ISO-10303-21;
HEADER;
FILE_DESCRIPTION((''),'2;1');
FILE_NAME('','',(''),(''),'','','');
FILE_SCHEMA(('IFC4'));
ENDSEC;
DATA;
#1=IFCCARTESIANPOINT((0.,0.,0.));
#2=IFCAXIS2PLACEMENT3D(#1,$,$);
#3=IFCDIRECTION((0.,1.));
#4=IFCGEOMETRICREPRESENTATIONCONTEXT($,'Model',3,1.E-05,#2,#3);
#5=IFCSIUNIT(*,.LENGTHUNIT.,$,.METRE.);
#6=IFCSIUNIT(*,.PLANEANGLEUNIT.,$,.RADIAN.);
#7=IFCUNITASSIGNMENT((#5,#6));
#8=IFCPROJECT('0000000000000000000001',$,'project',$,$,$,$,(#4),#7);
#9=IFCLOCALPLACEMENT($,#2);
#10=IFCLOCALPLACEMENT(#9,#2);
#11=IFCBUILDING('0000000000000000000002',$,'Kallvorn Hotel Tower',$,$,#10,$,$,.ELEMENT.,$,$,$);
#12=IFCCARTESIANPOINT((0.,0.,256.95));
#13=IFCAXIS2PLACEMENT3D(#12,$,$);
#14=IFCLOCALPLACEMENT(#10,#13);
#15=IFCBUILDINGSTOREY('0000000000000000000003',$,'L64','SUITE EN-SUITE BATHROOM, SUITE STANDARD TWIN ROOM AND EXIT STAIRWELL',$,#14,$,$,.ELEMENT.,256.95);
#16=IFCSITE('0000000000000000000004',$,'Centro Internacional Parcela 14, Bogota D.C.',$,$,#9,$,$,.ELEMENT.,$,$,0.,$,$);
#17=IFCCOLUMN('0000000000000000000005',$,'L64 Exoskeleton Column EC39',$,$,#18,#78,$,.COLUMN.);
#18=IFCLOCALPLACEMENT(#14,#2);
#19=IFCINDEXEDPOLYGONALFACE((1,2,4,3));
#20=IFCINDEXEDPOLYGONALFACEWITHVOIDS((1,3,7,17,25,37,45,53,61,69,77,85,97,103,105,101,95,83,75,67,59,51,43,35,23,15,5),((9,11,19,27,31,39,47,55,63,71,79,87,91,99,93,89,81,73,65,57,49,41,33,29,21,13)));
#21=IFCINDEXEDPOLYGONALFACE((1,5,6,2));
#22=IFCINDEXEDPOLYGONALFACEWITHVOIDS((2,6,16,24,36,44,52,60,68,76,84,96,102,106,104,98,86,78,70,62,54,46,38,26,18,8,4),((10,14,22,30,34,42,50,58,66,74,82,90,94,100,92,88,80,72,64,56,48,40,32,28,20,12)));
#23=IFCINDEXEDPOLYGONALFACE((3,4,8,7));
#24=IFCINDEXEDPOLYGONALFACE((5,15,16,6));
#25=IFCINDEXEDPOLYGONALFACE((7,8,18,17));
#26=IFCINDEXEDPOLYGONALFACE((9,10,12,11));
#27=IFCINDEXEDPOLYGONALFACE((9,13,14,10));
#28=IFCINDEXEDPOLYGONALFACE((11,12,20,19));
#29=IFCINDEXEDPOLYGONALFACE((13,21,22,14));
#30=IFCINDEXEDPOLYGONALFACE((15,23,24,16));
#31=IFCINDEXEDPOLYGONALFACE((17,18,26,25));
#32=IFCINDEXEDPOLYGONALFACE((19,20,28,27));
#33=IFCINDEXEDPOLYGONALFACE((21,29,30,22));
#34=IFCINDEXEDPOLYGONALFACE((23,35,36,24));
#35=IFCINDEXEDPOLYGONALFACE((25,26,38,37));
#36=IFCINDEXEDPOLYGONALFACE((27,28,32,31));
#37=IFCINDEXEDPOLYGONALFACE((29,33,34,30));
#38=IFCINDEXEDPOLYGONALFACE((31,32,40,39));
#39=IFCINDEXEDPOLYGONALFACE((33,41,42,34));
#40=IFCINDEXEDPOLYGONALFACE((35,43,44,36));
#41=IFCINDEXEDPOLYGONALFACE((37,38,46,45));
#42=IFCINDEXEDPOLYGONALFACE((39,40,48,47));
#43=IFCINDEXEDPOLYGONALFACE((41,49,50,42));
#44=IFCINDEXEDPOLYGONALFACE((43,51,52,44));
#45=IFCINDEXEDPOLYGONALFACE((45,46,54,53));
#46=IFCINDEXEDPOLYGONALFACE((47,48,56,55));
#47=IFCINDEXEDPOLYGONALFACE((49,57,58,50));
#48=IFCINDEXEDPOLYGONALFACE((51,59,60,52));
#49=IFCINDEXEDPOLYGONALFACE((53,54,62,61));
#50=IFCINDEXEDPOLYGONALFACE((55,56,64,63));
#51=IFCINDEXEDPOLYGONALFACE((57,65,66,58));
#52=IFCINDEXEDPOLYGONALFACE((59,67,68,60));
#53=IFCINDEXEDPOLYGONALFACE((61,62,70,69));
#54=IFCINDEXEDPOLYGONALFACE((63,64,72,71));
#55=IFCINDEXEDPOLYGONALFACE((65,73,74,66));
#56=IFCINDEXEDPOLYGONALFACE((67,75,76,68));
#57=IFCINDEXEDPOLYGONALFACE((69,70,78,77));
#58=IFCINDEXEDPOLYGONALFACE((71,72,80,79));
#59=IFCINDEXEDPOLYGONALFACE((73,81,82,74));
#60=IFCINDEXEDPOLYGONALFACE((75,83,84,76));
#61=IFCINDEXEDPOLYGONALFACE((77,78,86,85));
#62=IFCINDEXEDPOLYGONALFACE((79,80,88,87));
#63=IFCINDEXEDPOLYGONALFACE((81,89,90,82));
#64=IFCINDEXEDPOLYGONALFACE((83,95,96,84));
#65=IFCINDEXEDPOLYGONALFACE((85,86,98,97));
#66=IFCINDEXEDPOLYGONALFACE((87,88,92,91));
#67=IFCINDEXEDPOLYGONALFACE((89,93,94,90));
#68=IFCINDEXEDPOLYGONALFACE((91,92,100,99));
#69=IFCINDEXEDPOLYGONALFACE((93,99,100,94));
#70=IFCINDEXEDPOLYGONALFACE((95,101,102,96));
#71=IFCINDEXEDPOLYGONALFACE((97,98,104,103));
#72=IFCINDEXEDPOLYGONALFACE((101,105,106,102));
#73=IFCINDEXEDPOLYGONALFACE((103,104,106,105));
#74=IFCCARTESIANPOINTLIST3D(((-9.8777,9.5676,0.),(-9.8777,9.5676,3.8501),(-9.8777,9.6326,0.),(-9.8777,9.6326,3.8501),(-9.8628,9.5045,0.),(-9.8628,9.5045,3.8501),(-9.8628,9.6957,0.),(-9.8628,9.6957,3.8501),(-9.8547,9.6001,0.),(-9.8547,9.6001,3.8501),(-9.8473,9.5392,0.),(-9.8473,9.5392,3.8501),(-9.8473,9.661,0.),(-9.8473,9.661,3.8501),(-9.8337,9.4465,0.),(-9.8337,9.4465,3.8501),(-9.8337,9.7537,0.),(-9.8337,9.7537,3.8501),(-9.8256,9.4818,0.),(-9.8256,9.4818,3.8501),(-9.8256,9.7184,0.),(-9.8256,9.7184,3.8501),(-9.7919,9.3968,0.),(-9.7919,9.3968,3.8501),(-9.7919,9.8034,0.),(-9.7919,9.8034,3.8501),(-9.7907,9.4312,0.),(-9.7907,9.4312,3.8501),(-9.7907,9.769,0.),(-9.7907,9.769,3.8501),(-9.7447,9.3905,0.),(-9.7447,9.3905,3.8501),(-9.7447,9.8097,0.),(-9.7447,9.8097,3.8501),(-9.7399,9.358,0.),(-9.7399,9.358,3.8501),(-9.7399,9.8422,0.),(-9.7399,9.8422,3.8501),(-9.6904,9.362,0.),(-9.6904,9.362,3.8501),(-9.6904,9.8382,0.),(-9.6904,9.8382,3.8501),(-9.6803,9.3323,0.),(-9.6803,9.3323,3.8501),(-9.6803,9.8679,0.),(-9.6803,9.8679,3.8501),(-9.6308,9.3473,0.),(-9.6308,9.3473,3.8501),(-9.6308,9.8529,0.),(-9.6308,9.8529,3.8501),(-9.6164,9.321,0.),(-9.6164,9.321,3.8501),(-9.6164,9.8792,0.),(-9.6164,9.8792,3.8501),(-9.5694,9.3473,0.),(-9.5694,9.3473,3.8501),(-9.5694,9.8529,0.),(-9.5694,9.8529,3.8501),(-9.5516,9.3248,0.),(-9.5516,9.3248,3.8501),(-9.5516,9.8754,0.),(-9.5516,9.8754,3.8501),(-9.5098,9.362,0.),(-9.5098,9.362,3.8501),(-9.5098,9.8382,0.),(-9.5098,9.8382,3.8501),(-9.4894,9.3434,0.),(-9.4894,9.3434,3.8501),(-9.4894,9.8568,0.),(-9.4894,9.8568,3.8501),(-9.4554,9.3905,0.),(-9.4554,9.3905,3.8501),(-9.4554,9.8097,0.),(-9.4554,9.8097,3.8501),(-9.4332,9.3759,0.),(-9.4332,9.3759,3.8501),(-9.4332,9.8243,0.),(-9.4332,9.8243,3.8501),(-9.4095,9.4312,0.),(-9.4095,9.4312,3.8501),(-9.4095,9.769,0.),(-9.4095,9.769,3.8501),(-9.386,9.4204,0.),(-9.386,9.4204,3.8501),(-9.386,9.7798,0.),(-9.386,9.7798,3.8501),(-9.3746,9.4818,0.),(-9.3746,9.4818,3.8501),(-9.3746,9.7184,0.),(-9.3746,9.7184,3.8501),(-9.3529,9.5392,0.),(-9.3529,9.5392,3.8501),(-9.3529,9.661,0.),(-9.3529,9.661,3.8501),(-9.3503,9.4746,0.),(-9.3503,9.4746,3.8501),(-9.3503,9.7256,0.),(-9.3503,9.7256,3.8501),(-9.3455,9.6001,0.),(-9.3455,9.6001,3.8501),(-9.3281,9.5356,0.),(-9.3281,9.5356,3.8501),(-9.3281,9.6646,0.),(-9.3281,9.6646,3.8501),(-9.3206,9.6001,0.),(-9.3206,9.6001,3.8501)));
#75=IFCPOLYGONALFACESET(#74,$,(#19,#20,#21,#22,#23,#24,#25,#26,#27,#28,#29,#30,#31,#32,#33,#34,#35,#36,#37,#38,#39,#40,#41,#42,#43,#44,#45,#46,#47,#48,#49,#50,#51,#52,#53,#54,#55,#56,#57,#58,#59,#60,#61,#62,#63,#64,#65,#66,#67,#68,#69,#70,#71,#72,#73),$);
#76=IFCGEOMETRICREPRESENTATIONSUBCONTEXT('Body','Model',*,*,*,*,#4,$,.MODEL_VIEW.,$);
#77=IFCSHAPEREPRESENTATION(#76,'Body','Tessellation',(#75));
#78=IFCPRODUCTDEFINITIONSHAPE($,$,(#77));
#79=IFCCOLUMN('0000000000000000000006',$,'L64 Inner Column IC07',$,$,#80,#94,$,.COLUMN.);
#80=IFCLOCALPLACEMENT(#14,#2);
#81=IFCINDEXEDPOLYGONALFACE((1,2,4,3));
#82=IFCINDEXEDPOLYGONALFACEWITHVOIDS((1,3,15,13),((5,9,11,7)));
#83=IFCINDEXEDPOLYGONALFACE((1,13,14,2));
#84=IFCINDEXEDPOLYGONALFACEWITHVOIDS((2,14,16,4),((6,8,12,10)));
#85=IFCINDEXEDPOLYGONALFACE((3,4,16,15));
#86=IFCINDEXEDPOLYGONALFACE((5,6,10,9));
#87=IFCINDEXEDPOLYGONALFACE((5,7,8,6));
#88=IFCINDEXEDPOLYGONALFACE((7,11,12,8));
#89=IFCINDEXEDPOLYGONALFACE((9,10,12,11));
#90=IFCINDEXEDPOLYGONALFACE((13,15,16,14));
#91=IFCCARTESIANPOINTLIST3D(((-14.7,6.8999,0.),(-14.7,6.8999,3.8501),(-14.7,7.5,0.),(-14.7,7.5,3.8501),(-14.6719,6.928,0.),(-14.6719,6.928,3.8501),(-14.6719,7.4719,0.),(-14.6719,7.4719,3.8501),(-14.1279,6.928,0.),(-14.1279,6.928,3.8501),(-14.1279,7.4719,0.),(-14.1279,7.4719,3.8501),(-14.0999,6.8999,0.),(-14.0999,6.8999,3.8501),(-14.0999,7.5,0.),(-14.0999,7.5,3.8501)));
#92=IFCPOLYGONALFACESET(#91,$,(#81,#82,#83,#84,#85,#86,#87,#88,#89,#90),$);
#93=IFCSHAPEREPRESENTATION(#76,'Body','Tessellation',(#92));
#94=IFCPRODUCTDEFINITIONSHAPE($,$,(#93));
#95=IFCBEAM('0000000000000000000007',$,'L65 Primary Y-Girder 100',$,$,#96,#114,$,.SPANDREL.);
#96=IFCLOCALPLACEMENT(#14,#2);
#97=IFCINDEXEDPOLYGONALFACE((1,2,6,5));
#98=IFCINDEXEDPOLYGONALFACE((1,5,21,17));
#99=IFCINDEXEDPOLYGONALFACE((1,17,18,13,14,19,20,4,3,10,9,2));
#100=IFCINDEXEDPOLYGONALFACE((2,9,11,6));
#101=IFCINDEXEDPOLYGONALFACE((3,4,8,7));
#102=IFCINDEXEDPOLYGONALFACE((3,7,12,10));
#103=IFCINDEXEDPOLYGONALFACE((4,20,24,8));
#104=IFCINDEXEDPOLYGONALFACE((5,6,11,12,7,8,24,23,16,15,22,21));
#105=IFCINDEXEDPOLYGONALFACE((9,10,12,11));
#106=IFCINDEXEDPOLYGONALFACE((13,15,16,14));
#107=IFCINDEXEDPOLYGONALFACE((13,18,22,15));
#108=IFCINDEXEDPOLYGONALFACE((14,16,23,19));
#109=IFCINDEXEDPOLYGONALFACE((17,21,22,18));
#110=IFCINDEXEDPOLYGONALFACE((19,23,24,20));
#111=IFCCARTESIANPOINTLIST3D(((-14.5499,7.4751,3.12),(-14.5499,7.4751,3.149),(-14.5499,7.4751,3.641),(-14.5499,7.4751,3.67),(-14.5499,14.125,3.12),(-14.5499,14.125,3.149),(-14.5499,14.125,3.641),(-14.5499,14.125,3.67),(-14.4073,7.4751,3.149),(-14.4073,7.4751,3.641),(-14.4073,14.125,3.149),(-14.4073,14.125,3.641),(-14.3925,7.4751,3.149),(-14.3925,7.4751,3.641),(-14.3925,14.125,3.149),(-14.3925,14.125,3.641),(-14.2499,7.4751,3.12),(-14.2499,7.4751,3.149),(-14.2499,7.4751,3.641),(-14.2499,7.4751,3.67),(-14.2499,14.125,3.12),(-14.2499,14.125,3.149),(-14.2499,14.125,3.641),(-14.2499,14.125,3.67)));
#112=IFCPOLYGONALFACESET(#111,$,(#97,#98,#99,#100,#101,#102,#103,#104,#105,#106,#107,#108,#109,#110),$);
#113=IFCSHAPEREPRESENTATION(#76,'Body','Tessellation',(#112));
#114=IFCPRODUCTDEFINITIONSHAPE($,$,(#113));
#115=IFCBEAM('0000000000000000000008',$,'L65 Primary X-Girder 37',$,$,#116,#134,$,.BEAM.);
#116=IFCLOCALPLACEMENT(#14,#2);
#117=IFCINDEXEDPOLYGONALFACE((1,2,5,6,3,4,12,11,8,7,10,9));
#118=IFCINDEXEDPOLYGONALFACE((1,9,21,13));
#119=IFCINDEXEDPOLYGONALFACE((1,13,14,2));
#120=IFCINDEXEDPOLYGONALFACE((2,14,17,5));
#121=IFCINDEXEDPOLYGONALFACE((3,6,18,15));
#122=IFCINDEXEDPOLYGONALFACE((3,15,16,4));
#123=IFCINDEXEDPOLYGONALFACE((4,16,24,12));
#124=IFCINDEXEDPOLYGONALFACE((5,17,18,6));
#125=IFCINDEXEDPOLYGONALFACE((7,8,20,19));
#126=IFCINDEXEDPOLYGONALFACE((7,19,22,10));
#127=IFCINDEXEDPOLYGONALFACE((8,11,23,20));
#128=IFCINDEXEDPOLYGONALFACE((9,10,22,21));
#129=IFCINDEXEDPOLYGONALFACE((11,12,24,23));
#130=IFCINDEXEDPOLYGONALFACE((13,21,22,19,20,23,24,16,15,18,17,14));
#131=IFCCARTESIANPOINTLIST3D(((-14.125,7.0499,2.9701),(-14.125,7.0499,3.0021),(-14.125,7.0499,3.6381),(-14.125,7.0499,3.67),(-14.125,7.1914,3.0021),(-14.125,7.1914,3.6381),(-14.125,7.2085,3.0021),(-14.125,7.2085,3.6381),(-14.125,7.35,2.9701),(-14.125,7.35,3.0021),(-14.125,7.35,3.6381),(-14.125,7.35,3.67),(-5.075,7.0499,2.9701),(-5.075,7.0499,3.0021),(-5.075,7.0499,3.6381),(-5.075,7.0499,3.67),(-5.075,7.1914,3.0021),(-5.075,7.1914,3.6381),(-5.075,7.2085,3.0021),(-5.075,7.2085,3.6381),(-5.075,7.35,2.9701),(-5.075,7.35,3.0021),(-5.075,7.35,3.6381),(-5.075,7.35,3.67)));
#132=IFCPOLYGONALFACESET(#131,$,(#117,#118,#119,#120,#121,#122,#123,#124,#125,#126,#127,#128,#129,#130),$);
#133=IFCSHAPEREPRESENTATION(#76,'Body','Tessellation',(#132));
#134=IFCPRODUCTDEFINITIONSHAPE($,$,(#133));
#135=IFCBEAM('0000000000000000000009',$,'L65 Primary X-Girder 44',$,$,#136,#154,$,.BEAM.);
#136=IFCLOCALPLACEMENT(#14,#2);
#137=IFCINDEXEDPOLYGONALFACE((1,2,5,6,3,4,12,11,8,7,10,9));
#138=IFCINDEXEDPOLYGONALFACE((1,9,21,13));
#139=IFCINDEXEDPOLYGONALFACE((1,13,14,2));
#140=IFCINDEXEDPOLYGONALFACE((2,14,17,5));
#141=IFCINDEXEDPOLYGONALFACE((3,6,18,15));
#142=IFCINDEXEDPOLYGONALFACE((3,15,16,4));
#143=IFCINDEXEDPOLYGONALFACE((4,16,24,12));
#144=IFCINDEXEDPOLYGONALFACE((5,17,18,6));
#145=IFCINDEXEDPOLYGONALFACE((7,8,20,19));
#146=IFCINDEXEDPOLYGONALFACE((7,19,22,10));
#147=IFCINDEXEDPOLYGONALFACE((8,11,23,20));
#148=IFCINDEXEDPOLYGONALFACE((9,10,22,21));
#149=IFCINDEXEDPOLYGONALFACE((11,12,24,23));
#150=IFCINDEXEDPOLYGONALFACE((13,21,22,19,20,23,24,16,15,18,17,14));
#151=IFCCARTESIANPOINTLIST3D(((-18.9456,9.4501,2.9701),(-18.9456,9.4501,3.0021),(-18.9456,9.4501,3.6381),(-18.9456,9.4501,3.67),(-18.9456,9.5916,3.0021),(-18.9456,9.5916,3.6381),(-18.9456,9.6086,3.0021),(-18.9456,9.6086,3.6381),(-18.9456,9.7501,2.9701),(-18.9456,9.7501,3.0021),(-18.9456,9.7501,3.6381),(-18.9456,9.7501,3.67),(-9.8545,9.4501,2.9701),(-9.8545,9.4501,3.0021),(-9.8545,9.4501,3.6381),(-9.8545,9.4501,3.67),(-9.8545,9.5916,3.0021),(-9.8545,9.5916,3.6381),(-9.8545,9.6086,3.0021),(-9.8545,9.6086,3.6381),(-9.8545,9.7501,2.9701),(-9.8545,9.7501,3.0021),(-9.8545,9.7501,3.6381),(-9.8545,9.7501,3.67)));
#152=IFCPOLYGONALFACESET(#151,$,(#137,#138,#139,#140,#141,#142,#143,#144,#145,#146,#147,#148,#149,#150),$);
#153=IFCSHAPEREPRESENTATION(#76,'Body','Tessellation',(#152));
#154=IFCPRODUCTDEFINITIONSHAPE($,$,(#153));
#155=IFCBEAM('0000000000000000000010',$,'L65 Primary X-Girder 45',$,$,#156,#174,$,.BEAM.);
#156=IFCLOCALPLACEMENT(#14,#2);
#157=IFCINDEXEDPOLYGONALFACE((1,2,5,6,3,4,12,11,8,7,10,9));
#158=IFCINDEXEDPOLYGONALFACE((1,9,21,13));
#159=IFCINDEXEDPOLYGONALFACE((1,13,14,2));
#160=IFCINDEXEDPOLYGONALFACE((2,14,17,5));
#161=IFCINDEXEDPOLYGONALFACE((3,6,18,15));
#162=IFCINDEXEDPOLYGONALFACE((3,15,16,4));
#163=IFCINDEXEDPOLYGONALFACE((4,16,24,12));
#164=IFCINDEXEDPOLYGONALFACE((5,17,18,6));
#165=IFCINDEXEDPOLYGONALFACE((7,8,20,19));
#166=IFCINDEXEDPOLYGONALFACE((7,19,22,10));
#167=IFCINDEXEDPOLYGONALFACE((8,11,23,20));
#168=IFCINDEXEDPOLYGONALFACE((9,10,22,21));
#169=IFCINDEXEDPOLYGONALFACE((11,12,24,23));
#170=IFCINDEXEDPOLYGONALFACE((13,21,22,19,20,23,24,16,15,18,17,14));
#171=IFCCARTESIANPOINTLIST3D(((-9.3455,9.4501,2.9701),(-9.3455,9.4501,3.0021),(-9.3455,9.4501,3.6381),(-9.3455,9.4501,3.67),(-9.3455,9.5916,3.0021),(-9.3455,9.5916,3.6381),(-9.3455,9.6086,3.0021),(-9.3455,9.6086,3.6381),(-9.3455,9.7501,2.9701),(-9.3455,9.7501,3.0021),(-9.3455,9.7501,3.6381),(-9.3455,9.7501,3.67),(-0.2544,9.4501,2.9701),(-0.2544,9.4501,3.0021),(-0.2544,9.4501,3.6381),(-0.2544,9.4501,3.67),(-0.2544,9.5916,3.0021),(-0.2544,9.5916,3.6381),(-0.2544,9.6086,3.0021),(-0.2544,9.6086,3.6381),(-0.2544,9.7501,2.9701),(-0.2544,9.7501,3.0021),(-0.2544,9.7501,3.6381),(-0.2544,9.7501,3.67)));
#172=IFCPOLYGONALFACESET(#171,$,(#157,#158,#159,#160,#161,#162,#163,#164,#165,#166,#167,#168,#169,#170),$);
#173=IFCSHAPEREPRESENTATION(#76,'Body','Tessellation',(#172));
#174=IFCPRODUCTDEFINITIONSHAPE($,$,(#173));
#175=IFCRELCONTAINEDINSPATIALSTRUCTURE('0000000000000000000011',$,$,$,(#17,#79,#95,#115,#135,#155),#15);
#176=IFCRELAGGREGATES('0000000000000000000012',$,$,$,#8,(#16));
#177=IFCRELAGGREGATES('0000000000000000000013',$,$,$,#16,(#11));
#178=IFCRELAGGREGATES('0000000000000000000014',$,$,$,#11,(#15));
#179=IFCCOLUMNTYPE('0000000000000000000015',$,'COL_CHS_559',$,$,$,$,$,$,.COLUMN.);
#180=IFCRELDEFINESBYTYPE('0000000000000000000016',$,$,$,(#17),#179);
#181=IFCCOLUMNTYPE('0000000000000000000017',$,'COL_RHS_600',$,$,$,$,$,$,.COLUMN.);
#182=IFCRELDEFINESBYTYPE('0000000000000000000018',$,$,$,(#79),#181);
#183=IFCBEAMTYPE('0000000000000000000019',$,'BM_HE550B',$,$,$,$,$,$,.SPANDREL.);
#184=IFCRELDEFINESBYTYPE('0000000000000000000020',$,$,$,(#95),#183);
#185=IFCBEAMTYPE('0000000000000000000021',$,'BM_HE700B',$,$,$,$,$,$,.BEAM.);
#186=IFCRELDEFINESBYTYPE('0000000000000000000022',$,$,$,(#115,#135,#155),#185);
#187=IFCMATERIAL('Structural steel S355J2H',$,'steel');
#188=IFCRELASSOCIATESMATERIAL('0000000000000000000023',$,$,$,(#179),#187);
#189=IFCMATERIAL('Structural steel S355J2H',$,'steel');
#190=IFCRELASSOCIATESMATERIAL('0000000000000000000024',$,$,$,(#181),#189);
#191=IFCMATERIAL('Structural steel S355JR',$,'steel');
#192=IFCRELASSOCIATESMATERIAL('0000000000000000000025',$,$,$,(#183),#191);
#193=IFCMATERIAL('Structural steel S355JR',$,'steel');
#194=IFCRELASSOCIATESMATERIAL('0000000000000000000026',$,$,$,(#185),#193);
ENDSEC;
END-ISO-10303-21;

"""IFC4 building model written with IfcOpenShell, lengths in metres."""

from ifc_helpers import new_model, si_unit, direction, frame, origin, origin_2d, place, context, subcontext, project, spatial, hollow_rectangle, hollow_circle, i_section, extrude, material, material_profile, profile_set, type_object, element, save


model = new_model("IFC4")

# Units and contexts
model_context = context("Model", 3, precision=1e-05, world=origin(), true_north=direction((0.0, 1.0)))
body_context = subcontext(model_context, "Body", "Model", "MODEL_VIEW")
ifc_project = project(units=[si_unit("LENGTHUNIT", "METRE"), si_unit("PLANEANGLEUNIT", "RADIAN")], contexts=[model_context])

# Site, building, storey
site_placement = place(None, origin())
site = spatial("IfcSite", under=ifc_project, at=site_placement, Name="Centro Internacional Parcela 14, Bogota D.C.", CompositionType="ELEMENT", RefElevation=0.0)
building_placement = place(site_placement, origin())
building = spatial("IfcBuilding", under=site, at=building_placement, Name="Kallvorn Hotel Tower", CompositionType="ELEMENT")
storey_placement = place(building_placement, frame((0.0, 0.0, 256.95)))
storey = spatial("IfcBuildingStorey", under=building, at=storey_placement, Name="L64", Description="SUITE EN-SUITE BATHROOM, SUITE STANDARD TWIN ROOM AND EXIT STAIRWELL", CompositionType="ELEMENT", Elevation=256.95)

# Columns
ifc_material_1 = material(Name="Structural steel S355J2H", Category="steel")
ifc_material_profile_1 = material_profile(ifc_material_1, hollow_circle(Radius=0.2795, WallThickness=0.0249, at=origin_2d()), Name="CHS 559x25")
ifc_profile_set_1 = profile_set([ifc_material_profile_1], Name="Structural steel S355J2H")
column_type_1 = type_object("IfcColumnType", Name="COL_CHS_559", PredefinedType="COLUMN", material=ifc_profile_set_1)
column_1_placement = place(storey_placement, frame((-9.6001, 9.6001, 0.0), z_axis=(0.0, 0.0, 1.0), x_axis=(1.0, 0.0, 0.0)))
element("IfcColumn", 1, at=column_1_placement, inside=storey, type_object=column_type_1, Name="L64 Exoskeleton Column EC39", PredefinedType="COLUMN", context=body_context, shape_type="SweptSolid", body=[
    extrude(hollow_circle(Radius=0.2795, WallThickness=0.0249, at=origin_2d()), origin(), (0.0, 0.0, 1.0), 3.8501),
])
ifc_material_2 = material(Name="Structural steel S355J2H", Category="steel")
ifc_material_profile_2 = material_profile(ifc_material_2, hollow_rectangle(XDim=0.6001, YDim=0.6001, WallThickness=0.0281, at=origin_2d()), Name="RHS 600x600x28")
ifc_profile_set_2 = profile_set([ifc_material_profile_2], Name="Structural steel S355J2H")
column_type_2 = type_object("IfcColumnType", Name="COL_RHS_600", PredefinedType="COLUMN", material=ifc_profile_set_2)
column_2_placement = place(storey_placement, frame((-14.3999, 7.2, 0.0), z_axis=(0.0, 0.0, 1.0), x_axis=(1.0, 0.0, 0.0)))
element("IfcColumn", 2, at=column_2_placement, inside=storey, type_object=column_type_2, Name="L64 Inner Column IC07", PredefinedType="COLUMN", context=body_context, shape_type="SweptSolid", body=[
    extrude(hollow_rectangle(XDim=0.6001, YDim=0.6001, WallThickness=0.0281, at=origin_2d()), origin(), (0.0, 0.0, 1.0), 3.8501),
])

# Beams
ifc_material_3 = material(Name="Structural steel S355JR", Category="steel")
ifc_material_profile_3 = material_profile(ifc_material_3, i_section(OverallWidth=0.3, OverallDepth=0.55, WebThickness=0.0149, FlangeThickness=0.0291, at=origin_2d()), Name="HE 550 B")
ifc_profile_set_3 = profile_set([ifc_material_profile_3], Name="Structural steel S355JR")
beam_type_1 = type_object("IfcBeamType", Name="BM_HE550B", PredefinedType="SPANDREL", material=ifc_profile_set_3)
beam_1_placement = place(storey_placement, frame((-14.3999, 7.4751, 3.395), z_axis=(0.0, 1.0, 0.0), x_axis=(-1.0, 0.0, 0.0)))
element("IfcBeam", 3, at=beam_1_placement, inside=storey, type_object=beam_type_1, Name="L65 Primary Y-Girder 100", PredefinedType="SPANDREL", context=body_context, shape_type="SweptSolid", body=[
    extrude(i_section(OverallWidth=0.3, OverallDepth=0.55, WebThickness=0.0149, FlangeThickness=0.0291, at=origin_2d()), origin(), (0.0, 0.0, 1.0), 6.6499),
])
ifc_material_4 = material(Name="Structural steel S355JR", Category="steel")
ifc_material_profile_4 = material_profile(ifc_material_4, i_section(OverallWidth=0.3, OverallDepth=0.7, WebThickness=0.0171, FlangeThickness=0.032, at=origin_2d()), Name="HE 700 B")
ifc_profile_set_4 = profile_set([ifc_material_profile_4], Name="Structural steel S355JR")
beam_type_2 = type_object("IfcBeamType", Name="BM_HE700B", PredefinedType="BEAM", material=ifc_profile_set_4)
beam_2_placement = place(storey_placement, frame((-14.125, 7.2, 3.3201), z_axis=(1.0, 0.0, 0.0), x_axis=(0.0, 1.0, 0.0)))
element("IfcBeam", 4, at=beam_2_placement, inside=storey, type_object=beam_type_2, Name="L65 Primary X-Girder 37", PredefinedType="BEAM", context=body_context, shape_type="SweptSolid", body=[
    extrude(i_section(OverallWidth=0.3, OverallDepth=0.7, WebThickness=0.0171, FlangeThickness=0.032, at=origin_2d()), origin(), (0.0, 0.0, 1.0), 9.05),
])
for number, where, z_axis, x_axis, name in (
    (5, (-18.9456, 9.6001, 3.3201), (1.0, 0.0, 0.0), (0.0, 1.0, 0.0), "L65 Primary X-Girder 44"),
    (6, (-9.3455, 9.6001, 3.3201), (1.0, 0.0, 0.0), (0.0, 1.0, 0.0), "L65 Primary X-Girder 45"),
):
    element("IfcBeam", number, at=place(storey_placement, frame(where, z_axis=z_axis, x_axis=x_axis)), inside=storey, type_object=beam_type_2, Name=name, PredefinedType="BEAM", context=body_context, shape_type="SweptSolid", body=[
        extrude(i_section(OverallWidth=0.3, OverallDepth=0.7, WebThickness=0.0171, FlangeThickness=0.032, at=origin_2d()), origin(), (0.0, 0.0, 1.0), 9.0911),
    ])

save(model, "model.ifc")
